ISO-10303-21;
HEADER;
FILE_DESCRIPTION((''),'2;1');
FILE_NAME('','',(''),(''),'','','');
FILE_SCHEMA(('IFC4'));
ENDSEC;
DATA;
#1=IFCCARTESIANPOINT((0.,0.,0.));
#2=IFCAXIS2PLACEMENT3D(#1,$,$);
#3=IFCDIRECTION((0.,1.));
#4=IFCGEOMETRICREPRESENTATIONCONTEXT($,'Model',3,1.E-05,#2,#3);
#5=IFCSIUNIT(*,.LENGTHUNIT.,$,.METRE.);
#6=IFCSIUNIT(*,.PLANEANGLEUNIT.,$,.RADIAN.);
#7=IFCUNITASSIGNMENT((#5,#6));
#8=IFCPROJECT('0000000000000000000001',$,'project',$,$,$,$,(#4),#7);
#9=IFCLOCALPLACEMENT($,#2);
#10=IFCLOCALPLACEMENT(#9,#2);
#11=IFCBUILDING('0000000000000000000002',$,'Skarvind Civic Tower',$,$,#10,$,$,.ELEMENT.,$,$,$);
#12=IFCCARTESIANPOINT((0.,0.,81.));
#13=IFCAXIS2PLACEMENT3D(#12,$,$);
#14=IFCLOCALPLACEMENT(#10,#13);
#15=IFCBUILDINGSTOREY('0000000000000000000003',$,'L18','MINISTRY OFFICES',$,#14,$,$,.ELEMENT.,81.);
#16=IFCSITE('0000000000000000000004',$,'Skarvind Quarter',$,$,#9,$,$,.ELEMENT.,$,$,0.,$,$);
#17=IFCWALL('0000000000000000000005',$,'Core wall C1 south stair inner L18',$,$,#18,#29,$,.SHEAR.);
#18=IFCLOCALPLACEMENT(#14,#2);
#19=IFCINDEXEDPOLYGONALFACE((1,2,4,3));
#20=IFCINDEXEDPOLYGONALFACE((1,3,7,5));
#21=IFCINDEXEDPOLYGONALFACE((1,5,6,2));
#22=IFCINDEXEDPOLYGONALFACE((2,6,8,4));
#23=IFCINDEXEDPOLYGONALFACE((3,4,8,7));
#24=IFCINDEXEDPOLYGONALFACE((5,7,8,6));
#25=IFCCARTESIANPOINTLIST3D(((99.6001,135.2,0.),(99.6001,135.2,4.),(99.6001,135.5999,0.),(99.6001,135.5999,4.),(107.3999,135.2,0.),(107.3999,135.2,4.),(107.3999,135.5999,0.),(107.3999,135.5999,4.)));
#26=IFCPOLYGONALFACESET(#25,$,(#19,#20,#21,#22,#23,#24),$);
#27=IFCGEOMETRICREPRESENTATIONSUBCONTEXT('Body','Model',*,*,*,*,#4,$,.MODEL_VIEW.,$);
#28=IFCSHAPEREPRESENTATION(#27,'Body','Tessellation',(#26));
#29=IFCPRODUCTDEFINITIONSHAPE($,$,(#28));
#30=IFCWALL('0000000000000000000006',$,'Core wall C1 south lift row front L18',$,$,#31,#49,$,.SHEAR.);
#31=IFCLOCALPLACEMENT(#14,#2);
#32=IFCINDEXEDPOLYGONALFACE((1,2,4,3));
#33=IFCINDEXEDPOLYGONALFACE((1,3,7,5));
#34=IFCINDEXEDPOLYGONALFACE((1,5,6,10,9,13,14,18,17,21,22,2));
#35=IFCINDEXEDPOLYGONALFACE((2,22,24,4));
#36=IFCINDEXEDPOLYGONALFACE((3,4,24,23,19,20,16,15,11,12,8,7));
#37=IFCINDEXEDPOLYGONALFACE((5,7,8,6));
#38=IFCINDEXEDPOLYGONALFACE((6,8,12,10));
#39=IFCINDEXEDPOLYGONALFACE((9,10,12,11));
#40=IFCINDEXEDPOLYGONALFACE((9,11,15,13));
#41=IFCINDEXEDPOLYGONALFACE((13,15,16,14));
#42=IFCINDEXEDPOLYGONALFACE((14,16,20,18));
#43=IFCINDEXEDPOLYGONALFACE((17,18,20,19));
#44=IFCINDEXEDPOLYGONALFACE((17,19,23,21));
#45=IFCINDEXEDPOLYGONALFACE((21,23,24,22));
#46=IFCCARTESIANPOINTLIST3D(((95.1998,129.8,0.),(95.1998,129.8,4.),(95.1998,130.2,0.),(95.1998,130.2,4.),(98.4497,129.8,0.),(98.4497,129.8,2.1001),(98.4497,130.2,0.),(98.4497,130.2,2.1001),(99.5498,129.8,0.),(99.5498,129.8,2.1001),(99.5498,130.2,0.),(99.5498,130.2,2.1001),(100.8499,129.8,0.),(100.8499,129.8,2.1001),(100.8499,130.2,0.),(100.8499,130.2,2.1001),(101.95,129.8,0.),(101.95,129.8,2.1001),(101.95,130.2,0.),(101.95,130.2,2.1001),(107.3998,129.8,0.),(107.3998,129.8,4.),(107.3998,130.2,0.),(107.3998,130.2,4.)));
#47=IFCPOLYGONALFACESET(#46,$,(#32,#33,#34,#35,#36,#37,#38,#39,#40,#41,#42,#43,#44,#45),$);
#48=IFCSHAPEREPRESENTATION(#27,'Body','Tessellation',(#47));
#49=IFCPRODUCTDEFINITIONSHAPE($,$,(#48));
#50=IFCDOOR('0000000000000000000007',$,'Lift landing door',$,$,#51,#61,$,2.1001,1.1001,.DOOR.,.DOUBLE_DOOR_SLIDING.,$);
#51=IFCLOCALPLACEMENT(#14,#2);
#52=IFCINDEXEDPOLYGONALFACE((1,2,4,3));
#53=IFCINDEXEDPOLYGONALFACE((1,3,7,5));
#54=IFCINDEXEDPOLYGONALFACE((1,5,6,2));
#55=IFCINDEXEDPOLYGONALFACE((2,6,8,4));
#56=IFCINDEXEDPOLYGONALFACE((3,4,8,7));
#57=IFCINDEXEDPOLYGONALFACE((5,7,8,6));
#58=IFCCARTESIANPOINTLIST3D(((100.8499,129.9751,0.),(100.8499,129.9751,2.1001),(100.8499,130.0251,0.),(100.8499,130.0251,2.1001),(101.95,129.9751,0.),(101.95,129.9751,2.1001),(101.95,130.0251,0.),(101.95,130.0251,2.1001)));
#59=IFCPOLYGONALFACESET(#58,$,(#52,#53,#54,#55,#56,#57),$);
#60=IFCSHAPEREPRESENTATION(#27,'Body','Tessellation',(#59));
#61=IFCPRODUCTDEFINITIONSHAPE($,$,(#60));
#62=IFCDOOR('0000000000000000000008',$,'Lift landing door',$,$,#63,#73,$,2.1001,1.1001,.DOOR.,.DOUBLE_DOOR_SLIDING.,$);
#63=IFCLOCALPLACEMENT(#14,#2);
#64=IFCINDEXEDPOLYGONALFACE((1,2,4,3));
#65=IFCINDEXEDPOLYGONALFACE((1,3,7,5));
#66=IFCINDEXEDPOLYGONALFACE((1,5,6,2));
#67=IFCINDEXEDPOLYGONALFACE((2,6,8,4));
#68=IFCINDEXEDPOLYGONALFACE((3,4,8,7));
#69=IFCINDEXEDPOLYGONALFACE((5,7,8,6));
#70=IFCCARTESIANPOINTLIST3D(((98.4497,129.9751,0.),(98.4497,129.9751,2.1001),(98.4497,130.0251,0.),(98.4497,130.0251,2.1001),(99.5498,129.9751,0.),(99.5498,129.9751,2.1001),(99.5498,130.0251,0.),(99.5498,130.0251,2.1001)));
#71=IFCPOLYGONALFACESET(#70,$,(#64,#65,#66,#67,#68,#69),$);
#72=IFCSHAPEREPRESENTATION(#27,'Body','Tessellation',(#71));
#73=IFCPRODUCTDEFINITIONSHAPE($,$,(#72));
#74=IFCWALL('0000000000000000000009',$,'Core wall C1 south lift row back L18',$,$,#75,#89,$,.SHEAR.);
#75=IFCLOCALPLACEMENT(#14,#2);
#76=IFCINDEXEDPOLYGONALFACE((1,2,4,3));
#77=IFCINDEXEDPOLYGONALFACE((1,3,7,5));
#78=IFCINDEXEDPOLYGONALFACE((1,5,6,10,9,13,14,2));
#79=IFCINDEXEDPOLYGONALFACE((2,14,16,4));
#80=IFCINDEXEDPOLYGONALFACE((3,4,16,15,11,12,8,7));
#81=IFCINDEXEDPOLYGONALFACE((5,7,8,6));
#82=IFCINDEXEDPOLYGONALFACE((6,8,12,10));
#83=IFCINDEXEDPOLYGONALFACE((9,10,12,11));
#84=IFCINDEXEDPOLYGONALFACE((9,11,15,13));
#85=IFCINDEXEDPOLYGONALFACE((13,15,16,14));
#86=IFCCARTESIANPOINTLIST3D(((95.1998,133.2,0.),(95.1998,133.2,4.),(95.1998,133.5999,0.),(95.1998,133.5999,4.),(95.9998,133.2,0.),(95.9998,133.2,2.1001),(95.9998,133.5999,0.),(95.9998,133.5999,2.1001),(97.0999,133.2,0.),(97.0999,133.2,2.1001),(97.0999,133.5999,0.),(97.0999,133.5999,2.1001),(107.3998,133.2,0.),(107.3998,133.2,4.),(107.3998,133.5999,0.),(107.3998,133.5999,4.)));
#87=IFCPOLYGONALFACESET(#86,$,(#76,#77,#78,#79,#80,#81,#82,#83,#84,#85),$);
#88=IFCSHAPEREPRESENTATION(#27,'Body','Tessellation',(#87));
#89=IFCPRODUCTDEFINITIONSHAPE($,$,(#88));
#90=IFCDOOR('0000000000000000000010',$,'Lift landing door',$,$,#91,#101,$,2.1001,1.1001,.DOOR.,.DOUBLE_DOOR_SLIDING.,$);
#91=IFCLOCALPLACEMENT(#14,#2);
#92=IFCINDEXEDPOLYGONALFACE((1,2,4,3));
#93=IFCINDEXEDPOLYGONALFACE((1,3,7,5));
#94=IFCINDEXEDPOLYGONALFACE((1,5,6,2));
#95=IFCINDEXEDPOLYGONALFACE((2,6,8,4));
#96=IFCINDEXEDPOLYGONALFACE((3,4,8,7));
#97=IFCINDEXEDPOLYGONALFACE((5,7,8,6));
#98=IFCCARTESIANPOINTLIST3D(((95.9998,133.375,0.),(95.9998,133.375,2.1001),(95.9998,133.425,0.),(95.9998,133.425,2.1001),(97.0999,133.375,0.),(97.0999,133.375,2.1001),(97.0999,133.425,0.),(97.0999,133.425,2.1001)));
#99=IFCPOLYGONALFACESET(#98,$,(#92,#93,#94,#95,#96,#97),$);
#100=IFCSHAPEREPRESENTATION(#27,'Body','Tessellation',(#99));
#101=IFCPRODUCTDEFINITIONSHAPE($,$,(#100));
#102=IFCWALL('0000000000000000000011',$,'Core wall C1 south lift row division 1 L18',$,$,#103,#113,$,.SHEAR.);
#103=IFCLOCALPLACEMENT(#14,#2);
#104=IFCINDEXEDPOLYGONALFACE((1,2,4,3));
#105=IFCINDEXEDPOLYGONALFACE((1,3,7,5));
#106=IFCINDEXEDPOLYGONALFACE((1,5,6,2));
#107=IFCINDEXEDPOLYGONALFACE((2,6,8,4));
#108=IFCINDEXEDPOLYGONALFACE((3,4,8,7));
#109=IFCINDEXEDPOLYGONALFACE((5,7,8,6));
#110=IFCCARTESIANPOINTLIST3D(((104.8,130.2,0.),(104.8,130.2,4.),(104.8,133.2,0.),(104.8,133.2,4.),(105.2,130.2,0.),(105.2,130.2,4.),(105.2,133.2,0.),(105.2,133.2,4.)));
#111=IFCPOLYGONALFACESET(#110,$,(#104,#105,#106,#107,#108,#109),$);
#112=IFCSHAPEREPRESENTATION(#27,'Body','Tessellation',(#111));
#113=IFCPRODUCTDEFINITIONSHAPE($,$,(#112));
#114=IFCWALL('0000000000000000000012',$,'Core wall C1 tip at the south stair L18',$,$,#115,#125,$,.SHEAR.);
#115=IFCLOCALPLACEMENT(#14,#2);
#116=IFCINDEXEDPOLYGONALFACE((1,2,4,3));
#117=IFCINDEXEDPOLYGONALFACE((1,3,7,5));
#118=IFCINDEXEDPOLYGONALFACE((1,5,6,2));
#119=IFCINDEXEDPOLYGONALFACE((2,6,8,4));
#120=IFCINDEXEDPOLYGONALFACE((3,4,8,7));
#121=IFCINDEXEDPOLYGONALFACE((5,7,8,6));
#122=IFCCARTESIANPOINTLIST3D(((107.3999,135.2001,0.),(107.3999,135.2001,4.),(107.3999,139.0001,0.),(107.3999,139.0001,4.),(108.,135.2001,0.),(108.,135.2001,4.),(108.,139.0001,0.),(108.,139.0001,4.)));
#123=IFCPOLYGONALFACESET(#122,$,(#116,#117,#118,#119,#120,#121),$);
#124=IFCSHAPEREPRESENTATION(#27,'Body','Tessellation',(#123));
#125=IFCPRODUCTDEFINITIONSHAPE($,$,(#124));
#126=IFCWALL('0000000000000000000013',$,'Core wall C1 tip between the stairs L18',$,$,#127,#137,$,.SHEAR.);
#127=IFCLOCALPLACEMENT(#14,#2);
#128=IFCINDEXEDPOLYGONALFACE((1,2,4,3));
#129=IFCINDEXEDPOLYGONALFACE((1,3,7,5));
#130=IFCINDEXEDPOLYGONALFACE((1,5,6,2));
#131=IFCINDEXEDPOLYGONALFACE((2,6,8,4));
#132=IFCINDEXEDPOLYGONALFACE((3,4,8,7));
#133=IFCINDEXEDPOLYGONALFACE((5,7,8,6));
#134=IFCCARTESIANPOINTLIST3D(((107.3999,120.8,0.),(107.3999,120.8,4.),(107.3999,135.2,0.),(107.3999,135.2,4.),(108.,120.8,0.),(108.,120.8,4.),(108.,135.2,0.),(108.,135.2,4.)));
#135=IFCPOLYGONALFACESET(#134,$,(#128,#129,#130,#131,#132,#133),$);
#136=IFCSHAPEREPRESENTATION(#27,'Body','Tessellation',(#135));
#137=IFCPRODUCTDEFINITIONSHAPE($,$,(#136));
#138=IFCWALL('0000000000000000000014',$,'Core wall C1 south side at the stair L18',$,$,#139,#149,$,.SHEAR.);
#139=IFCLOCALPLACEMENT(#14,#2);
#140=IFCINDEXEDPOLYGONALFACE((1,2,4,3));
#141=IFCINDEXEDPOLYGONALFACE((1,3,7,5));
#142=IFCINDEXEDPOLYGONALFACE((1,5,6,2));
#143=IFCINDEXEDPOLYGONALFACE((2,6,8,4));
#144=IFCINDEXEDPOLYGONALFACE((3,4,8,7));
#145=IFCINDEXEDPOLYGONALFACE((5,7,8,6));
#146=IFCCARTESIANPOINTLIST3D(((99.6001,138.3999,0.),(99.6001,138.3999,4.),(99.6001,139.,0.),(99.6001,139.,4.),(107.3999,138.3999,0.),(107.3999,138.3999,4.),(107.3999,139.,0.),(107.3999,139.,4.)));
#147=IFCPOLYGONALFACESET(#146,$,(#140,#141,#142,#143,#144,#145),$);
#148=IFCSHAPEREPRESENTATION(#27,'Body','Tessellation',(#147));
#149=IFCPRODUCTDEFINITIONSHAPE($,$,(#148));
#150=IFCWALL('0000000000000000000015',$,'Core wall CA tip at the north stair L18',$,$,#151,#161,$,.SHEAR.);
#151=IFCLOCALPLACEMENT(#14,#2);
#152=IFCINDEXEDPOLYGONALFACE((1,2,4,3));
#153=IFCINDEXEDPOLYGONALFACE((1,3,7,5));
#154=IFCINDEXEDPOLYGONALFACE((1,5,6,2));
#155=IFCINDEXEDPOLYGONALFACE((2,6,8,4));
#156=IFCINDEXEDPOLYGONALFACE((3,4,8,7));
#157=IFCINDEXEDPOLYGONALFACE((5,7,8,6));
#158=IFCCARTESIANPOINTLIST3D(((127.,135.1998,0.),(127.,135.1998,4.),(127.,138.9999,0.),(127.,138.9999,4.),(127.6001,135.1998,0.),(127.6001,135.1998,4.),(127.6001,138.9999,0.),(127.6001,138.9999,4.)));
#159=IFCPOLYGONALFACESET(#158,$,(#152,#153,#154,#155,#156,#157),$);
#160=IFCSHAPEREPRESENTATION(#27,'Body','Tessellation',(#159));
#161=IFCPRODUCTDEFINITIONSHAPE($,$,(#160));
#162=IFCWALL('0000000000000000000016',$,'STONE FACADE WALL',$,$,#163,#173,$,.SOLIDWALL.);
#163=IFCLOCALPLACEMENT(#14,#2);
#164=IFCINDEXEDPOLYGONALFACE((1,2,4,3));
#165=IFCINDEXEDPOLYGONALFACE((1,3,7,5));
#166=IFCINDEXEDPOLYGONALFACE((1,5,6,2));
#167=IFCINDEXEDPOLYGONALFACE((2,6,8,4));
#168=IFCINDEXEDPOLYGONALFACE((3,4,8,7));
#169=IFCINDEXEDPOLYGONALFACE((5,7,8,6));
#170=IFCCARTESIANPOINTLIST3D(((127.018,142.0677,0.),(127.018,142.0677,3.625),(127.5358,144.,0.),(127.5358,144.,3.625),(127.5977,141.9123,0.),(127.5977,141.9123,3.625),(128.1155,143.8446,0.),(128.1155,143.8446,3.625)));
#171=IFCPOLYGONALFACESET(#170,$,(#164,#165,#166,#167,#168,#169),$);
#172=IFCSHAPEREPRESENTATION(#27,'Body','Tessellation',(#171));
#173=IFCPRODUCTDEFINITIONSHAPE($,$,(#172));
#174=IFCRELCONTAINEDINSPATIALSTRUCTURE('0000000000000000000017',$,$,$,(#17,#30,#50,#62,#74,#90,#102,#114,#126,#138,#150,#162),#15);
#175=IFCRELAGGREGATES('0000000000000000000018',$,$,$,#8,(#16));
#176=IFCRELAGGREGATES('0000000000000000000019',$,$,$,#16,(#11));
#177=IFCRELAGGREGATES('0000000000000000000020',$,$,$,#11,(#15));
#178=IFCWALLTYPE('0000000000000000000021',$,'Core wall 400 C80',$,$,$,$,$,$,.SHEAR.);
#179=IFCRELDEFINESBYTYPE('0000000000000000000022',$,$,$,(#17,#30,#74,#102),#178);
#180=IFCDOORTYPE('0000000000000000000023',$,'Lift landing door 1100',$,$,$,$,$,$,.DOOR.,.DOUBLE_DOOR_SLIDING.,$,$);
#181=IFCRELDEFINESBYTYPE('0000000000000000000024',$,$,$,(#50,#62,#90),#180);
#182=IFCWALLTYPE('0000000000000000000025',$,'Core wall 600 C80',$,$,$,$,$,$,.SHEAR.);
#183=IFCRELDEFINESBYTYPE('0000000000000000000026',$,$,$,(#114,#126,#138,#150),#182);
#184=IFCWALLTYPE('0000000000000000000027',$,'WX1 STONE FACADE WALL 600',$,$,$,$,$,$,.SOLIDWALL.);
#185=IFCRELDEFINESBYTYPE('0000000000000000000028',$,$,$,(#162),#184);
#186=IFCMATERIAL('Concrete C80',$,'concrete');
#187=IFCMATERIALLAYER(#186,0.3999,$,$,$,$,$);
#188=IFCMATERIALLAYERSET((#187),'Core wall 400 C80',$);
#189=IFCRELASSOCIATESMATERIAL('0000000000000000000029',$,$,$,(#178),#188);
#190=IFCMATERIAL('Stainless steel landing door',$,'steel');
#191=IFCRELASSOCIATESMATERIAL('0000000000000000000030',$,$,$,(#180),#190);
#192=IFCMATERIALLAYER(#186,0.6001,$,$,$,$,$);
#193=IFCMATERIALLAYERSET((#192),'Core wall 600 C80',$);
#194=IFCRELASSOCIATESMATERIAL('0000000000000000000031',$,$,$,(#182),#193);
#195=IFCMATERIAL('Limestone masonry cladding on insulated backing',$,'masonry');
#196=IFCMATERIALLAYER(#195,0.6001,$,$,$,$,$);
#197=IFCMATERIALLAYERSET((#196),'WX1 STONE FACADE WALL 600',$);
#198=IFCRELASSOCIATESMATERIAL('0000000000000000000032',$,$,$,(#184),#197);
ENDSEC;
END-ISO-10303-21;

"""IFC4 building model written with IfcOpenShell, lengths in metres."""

from ifc_helpers import new_model, si_unit, direction, frame, frame_2d, origin, place, context, subcontext, project, spatial, rectangle, extrude, material, layer, layer_set, type_object, element, fill, save


model = new_model("IFC4")

# Units and contexts
model_context = context("Model", 3, precision=1e-05, world=origin(), true_north=direction((0.0, 1.0)))
body_context = subcontext(model_context, "Body", "Model", "MODEL_VIEW")
ifc_project = project(units=[si_unit("LENGTHUNIT", "METRE"), si_unit("PLANEANGLEUNIT", "RADIAN")], contexts=[model_context])

# Site, building, storey
site_placement = place(None, origin())
site = spatial("IfcSite", under=ifc_project, at=site_placement, Name="Skarvind Quarter", CompositionType="ELEMENT", RefElevation=0.0)
building_placement = place(site_placement, origin())
building = spatial("IfcBuilding", under=site, at=building_placement, Name="Skarvind Civic Tower", CompositionType="ELEMENT")
storey_placement = place(building_placement, frame((0.0, 0.0, 81.0)))
storey = spatial("IfcBuildingStorey", under=building, at=storey_placement, Name="L18", Description="MINISTRY OFFICES", CompositionType="ELEMENT", Elevation=81.0)

# Wall
ifc_material_1 = material(Name="Concrete C80", Category="concrete")
ifc_layer_1 = layer(ifc_material_1, 0.3999)
ifc_layer_set_1 = layer_set([ifc_layer_1], Name="Core wall 400 C80")
wall_type_1 = type_object("IfcWallType", Name="Core wall 400 C80", PredefinedType="SHEAR", material=ifc_layer_set_1)
wall_1_placement = place(storey_placement, frame((107.3999, 135.3999, 0.0), z_axis=(0.0, 0.0, 1.0), x_axis=(-1.0, 0.0, 0.0)))
element("IfcWall", 1, at=wall_1_placement, inside=storey, type_object=wall_type_1, Name="Core wall C1 south stair inner L18", PredefinedType="SHEAR", context=body_context, shape_type="SweptSolid", body=[
    extrude(rectangle(XDim=7.7998, YDim=0.3999, at=frame_2d((3.8999, 0.0))), origin(), (0.0, 0.0, 1.0), 4.0),
])

# Wall, openings, doors
wall_2_placement = place(storey_placement, frame((107.3999, 130.0, 0.0), z_axis=(0.0, 0.0, 1.0), x_axis=(-1.0, 0.0, 0.0)))
wall_2 = element("IfcWall", 2, at=wall_2_placement, inside=storey, type_object=wall_type_1, Name="Core wall C1 south lift row front L18", PredefinedType="SHEAR", context=body_context, shape_type="SweptSolid", body=[
    extrude(rectangle(XDim=12.2, YDim=0.3999, at=frame_2d((6.1001, 0.0))), origin(), (0.0, 0.0, 1.0), 4.0),
])
opening_1_placement = place(wall_2_placement, frame((5.45, 0.0, 0.0)))
opening_1 = element("IfcOpeningElement", 3, at=opening_1_placement, cuts=wall_2, PredefinedType="OPENING", context=body_context, shape_type="SweptSolid", body=[
    extrude(rectangle(XDim=1.1001, YDim=2.1001, at=frame_2d((0.55, 1.05))), frame((0.0, 0.21, 0.0), z_axis=(0.0, -1.0, 0.0), x_axis=(1.0, 0.0, 0.0)), (0.0, 0.0, 1.0), 0.4199),
])
opening_2_placement = place(wall_2_placement, frame((7.8501, 0.0, 0.0)))
opening_2 = element("IfcOpeningElement", 4, at=opening_2_placement, cuts=wall_2, PredefinedType="OPENING", context=body_context, shape_type="SweptSolid", body=[
    extrude(rectangle(XDim=1.1001, YDim=2.1001, at=frame_2d((0.55, 1.05))), frame((0.0, 0.21, 0.0), z_axis=(0.0, -1.0, 0.0), x_axis=(1.0, 0.0, 0.0)), (0.0, 0.0, 1.0), 0.4199),
])
ifc_material_2 = material(Name="Stainless steel landing door", Category="steel")
door_type = type_object("IfcDoorType", Name="Lift landing door 1100", OperationType="DOUBLE_DOOR_SLIDING", PredefinedType="DOOR", material=ifc_material_2)
door_1_placement = place(opening_1_placement, origin())
door_1 = element("IfcDoor", 5, at=door_1_placement, inside=storey, type_object=door_type, Name="Lift landing door", OperationType="DOUBLE_DOOR_SLIDING", OverallHeight=2.1001, OverallWidth=1.1001, PredefinedType="DOOR", context=body_context, shape_type="SweptSolid", body=[
    extrude(rectangle(XDim=1.1001, YDim=2.1001, at=frame_2d((0.55, 1.05))), frame((0.0, 0.0249, 0.0), z_axis=(0.0, -1.0, 0.0), x_axis=(1.0, 0.0, 0.0)), (0.0, 0.0, 1.0), 0.05),
])
fill(opening_1, door_1)
door_2_placement = place(opening_2_placement, origin())
door_2 = element("IfcDoor", 6, at=door_2_placement, inside=storey, type_object=door_type, Name="Lift landing door", OperationType="DOUBLE_DOOR_SLIDING", OverallHeight=2.1001, OverallWidth=1.1001, PredefinedType="DOOR", context=body_context, shape_type="SweptSolid", body=[
    extrude(rectangle(XDim=1.1001, YDim=2.1001, at=frame_2d((0.55, 1.05))), frame((0.0, 0.0249, 0.0), z_axis=(0.0, -1.0, 0.0), x_axis=(1.0, 0.0, 0.0)), (0.0, 0.0, 1.0), 0.05),
])
fill(opening_2, door_2)

# Wall, opening, door
wall_3_placement = place(storey_placement, frame((107.3999, 133.3999, 0.0), z_axis=(0.0, 0.0, 1.0), x_axis=(-1.0, 0.0, 0.0)))
wall_3 = element("IfcWall", 7, at=wall_3_placement, inside=storey, type_object=wall_type_1, Name="Core wall C1 south lift row back L18", PredefinedType="SHEAR", context=body_context, shape_type="SweptSolid", body=[
    extrude(rectangle(XDim=12.2, YDim=0.3999, at=frame_2d((6.1001, 0.0))), origin(), (0.0, 0.0, 1.0), 4.0),
])
opening_3_placement = place(wall_3_placement, frame((10.3, 0.0, 0.0)))
opening_3 = element("IfcOpeningElement", 8, at=opening_3_placement, cuts=wall_3, PredefinedType="OPENING", context=body_context, shape_type="SweptSolid", body=[
    extrude(rectangle(XDim=1.1001, YDim=2.1001, at=frame_2d((0.55, 1.05))), frame((0.0, 0.21, 0.0), z_axis=(0.0, -1.0, 0.0), x_axis=(1.0, 0.0, 0.0)), (0.0, 0.0, 1.0), 0.4199),
])
door_3_placement = place(opening_3_placement, origin())
door_3 = element("IfcDoor", 9, at=door_3_placement, inside=storey, type_object=door_type, Name="Lift landing door", OperationType="DOUBLE_DOOR_SLIDING", OverallHeight=2.1001, OverallWidth=1.1001, PredefinedType="DOOR", context=body_context, shape_type="SweptSolid", body=[
    extrude(rectangle(XDim=1.1001, YDim=2.1001, at=frame_2d((0.55, 1.05))), frame((0.0, 0.0249, 0.0), z_axis=(0.0, -1.0, 0.0), x_axis=(1.0, 0.0, 0.0)), (0.0, 0.0, 1.0), 0.05),
])
fill(opening_3, door_3)

# Walls
wall_4_placement = place(storey_placement, frame((105.0, 133.2, 0.0), z_axis=(0.0, 0.0, 1.0), x_axis=(0.0, -1.0, 0.0)))
element("IfcWall", 10, at=wall_4_placement, inside=storey, type_object=wall_type_1, Name="Core wall C1 south lift row division 1 L18", PredefinedType="SHEAR", context=body_context, shape_type="SweptSolid", body=[
    extrude(rectangle(XDim=3.0, YDim=0.3999, at=frame_2d((1.5, 0.0))), origin(), (0.0, 0.0, 1.0), 4.0),
])
ifc_layer_2 = layer(ifc_material_1, 0.6001)
ifc_layer_set_2 = layer_set([ifc_layer_2], Name="Core wall 600 C80")
wall_type_2 = type_object("IfcWallType", Name="Core wall 600 C80", PredefinedType="SHEAR", material=ifc_layer_set_2)
wall_5_placement = place(storey_placement, frame((107.7, 139.0, 0.0), z_axis=(0.0, 0.0, 1.0), x_axis=(0.0, -1.0, 0.0)))
element("IfcWall", 11, at=wall_5_placement, inside=storey, type_object=wall_type_2, Name="Core wall C1 tip at the south stair L18", PredefinedType="SHEAR", context=body_context, shape_type="SweptSolid", body=[
    extrude(rectangle(XDim=3.8, YDim=0.6001, at=frame_2d((1.8999, 0.0))), origin(), (0.0, 0.0, 1.0), 4.0),
])
wall_6_placement = place(storey_placement, frame((107.7, 135.2, 0.0), z_axis=(0.0, 0.0, 1.0), x_axis=(0.0, -1.0, 0.0)))
element("IfcWall", 12, at=wall_6_placement, inside=storey, type_object=wall_type_2, Name="Core wall C1 tip between the stairs L18", PredefinedType="SHEAR", context=body_context, shape_type="SweptSolid", body=[
    extrude(rectangle(XDim=14.3999, YDim=0.6001, at=frame_2d((7.2, 0.0))), origin(), (0.0, 0.0, 1.0), 4.0),
])
wall_7_placement = place(storey_placement, frame((107.3999, 138.7, 0.0), z_axis=(0.0, 0.0, 1.0), x_axis=(-1.0, 0.0, 0.0)))
element("IfcWall", 13, at=wall_7_placement, inside=storey, type_object=wall_type_2, Name="Core wall C1 south side at the stair L18", PredefinedType="SHEAR", context=body_context, shape_type="SweptSolid", body=[
    extrude(rectangle(XDim=7.7998, YDim=0.6001, at=frame_2d((3.8999, 0.0))), origin(), (0.0, 0.0, 1.0), 4.0),
])
wall_8_placement = place(storey_placement, frame((127.3, 135.2, 0.0), z_axis=(0.0, 0.0, 1.0), x_axis=(0.0, 1.0, 0.0)))
element("IfcWall", 14, at=wall_8_placement, inside=storey, type_object=wall_type_2, Name="Core wall CA tip at the north stair L18", PredefinedType="SHEAR", context=body_context, shape_type="SweptSolid", body=[
    extrude(rectangle(XDim=3.8, YDim=0.6001, at=frame_2d((1.8999, 0.0))), origin(), (0.0, 0.0, 1.0), 4.0),
])
ifc_material_3 = material(Name="Limestone masonry cladding on insulated backing", Category="masonry")
ifc_layer_3 = layer(ifc_material_3, 0.6001)
ifc_layer_set_3 = layer_set([ifc_layer_3], Name="WX1 STONE FACADE WALL 600")
wall_type_3 = type_object("IfcWallType", Name="WX1 STONE FACADE WALL 600", PredefinedType="SOLIDWALL", material=ifc_layer_set_3)
wall_9_placement = place(storey_placement, frame((127.3079, 141.99, 0.0), z_axis=(0.0, 0.0, 1.0), x_axis=(0.25884, 0.96592, 0.0)))
element("IfcWall", 15, at=wall_9_placement, inside=storey, type_object=wall_type_3, Name="STONE FACADE WALL", PredefinedType="SOLIDWALL", context=body_context, shape_type="SweptSolid", body=[
    extrude(rectangle(XDim=2.0005, YDim=0.6001, at=frame_2d((1.0002, 0.0))), origin(), (0.0, 0.0, 1.0), 3.625),
])

save(model, "model.ifc")
